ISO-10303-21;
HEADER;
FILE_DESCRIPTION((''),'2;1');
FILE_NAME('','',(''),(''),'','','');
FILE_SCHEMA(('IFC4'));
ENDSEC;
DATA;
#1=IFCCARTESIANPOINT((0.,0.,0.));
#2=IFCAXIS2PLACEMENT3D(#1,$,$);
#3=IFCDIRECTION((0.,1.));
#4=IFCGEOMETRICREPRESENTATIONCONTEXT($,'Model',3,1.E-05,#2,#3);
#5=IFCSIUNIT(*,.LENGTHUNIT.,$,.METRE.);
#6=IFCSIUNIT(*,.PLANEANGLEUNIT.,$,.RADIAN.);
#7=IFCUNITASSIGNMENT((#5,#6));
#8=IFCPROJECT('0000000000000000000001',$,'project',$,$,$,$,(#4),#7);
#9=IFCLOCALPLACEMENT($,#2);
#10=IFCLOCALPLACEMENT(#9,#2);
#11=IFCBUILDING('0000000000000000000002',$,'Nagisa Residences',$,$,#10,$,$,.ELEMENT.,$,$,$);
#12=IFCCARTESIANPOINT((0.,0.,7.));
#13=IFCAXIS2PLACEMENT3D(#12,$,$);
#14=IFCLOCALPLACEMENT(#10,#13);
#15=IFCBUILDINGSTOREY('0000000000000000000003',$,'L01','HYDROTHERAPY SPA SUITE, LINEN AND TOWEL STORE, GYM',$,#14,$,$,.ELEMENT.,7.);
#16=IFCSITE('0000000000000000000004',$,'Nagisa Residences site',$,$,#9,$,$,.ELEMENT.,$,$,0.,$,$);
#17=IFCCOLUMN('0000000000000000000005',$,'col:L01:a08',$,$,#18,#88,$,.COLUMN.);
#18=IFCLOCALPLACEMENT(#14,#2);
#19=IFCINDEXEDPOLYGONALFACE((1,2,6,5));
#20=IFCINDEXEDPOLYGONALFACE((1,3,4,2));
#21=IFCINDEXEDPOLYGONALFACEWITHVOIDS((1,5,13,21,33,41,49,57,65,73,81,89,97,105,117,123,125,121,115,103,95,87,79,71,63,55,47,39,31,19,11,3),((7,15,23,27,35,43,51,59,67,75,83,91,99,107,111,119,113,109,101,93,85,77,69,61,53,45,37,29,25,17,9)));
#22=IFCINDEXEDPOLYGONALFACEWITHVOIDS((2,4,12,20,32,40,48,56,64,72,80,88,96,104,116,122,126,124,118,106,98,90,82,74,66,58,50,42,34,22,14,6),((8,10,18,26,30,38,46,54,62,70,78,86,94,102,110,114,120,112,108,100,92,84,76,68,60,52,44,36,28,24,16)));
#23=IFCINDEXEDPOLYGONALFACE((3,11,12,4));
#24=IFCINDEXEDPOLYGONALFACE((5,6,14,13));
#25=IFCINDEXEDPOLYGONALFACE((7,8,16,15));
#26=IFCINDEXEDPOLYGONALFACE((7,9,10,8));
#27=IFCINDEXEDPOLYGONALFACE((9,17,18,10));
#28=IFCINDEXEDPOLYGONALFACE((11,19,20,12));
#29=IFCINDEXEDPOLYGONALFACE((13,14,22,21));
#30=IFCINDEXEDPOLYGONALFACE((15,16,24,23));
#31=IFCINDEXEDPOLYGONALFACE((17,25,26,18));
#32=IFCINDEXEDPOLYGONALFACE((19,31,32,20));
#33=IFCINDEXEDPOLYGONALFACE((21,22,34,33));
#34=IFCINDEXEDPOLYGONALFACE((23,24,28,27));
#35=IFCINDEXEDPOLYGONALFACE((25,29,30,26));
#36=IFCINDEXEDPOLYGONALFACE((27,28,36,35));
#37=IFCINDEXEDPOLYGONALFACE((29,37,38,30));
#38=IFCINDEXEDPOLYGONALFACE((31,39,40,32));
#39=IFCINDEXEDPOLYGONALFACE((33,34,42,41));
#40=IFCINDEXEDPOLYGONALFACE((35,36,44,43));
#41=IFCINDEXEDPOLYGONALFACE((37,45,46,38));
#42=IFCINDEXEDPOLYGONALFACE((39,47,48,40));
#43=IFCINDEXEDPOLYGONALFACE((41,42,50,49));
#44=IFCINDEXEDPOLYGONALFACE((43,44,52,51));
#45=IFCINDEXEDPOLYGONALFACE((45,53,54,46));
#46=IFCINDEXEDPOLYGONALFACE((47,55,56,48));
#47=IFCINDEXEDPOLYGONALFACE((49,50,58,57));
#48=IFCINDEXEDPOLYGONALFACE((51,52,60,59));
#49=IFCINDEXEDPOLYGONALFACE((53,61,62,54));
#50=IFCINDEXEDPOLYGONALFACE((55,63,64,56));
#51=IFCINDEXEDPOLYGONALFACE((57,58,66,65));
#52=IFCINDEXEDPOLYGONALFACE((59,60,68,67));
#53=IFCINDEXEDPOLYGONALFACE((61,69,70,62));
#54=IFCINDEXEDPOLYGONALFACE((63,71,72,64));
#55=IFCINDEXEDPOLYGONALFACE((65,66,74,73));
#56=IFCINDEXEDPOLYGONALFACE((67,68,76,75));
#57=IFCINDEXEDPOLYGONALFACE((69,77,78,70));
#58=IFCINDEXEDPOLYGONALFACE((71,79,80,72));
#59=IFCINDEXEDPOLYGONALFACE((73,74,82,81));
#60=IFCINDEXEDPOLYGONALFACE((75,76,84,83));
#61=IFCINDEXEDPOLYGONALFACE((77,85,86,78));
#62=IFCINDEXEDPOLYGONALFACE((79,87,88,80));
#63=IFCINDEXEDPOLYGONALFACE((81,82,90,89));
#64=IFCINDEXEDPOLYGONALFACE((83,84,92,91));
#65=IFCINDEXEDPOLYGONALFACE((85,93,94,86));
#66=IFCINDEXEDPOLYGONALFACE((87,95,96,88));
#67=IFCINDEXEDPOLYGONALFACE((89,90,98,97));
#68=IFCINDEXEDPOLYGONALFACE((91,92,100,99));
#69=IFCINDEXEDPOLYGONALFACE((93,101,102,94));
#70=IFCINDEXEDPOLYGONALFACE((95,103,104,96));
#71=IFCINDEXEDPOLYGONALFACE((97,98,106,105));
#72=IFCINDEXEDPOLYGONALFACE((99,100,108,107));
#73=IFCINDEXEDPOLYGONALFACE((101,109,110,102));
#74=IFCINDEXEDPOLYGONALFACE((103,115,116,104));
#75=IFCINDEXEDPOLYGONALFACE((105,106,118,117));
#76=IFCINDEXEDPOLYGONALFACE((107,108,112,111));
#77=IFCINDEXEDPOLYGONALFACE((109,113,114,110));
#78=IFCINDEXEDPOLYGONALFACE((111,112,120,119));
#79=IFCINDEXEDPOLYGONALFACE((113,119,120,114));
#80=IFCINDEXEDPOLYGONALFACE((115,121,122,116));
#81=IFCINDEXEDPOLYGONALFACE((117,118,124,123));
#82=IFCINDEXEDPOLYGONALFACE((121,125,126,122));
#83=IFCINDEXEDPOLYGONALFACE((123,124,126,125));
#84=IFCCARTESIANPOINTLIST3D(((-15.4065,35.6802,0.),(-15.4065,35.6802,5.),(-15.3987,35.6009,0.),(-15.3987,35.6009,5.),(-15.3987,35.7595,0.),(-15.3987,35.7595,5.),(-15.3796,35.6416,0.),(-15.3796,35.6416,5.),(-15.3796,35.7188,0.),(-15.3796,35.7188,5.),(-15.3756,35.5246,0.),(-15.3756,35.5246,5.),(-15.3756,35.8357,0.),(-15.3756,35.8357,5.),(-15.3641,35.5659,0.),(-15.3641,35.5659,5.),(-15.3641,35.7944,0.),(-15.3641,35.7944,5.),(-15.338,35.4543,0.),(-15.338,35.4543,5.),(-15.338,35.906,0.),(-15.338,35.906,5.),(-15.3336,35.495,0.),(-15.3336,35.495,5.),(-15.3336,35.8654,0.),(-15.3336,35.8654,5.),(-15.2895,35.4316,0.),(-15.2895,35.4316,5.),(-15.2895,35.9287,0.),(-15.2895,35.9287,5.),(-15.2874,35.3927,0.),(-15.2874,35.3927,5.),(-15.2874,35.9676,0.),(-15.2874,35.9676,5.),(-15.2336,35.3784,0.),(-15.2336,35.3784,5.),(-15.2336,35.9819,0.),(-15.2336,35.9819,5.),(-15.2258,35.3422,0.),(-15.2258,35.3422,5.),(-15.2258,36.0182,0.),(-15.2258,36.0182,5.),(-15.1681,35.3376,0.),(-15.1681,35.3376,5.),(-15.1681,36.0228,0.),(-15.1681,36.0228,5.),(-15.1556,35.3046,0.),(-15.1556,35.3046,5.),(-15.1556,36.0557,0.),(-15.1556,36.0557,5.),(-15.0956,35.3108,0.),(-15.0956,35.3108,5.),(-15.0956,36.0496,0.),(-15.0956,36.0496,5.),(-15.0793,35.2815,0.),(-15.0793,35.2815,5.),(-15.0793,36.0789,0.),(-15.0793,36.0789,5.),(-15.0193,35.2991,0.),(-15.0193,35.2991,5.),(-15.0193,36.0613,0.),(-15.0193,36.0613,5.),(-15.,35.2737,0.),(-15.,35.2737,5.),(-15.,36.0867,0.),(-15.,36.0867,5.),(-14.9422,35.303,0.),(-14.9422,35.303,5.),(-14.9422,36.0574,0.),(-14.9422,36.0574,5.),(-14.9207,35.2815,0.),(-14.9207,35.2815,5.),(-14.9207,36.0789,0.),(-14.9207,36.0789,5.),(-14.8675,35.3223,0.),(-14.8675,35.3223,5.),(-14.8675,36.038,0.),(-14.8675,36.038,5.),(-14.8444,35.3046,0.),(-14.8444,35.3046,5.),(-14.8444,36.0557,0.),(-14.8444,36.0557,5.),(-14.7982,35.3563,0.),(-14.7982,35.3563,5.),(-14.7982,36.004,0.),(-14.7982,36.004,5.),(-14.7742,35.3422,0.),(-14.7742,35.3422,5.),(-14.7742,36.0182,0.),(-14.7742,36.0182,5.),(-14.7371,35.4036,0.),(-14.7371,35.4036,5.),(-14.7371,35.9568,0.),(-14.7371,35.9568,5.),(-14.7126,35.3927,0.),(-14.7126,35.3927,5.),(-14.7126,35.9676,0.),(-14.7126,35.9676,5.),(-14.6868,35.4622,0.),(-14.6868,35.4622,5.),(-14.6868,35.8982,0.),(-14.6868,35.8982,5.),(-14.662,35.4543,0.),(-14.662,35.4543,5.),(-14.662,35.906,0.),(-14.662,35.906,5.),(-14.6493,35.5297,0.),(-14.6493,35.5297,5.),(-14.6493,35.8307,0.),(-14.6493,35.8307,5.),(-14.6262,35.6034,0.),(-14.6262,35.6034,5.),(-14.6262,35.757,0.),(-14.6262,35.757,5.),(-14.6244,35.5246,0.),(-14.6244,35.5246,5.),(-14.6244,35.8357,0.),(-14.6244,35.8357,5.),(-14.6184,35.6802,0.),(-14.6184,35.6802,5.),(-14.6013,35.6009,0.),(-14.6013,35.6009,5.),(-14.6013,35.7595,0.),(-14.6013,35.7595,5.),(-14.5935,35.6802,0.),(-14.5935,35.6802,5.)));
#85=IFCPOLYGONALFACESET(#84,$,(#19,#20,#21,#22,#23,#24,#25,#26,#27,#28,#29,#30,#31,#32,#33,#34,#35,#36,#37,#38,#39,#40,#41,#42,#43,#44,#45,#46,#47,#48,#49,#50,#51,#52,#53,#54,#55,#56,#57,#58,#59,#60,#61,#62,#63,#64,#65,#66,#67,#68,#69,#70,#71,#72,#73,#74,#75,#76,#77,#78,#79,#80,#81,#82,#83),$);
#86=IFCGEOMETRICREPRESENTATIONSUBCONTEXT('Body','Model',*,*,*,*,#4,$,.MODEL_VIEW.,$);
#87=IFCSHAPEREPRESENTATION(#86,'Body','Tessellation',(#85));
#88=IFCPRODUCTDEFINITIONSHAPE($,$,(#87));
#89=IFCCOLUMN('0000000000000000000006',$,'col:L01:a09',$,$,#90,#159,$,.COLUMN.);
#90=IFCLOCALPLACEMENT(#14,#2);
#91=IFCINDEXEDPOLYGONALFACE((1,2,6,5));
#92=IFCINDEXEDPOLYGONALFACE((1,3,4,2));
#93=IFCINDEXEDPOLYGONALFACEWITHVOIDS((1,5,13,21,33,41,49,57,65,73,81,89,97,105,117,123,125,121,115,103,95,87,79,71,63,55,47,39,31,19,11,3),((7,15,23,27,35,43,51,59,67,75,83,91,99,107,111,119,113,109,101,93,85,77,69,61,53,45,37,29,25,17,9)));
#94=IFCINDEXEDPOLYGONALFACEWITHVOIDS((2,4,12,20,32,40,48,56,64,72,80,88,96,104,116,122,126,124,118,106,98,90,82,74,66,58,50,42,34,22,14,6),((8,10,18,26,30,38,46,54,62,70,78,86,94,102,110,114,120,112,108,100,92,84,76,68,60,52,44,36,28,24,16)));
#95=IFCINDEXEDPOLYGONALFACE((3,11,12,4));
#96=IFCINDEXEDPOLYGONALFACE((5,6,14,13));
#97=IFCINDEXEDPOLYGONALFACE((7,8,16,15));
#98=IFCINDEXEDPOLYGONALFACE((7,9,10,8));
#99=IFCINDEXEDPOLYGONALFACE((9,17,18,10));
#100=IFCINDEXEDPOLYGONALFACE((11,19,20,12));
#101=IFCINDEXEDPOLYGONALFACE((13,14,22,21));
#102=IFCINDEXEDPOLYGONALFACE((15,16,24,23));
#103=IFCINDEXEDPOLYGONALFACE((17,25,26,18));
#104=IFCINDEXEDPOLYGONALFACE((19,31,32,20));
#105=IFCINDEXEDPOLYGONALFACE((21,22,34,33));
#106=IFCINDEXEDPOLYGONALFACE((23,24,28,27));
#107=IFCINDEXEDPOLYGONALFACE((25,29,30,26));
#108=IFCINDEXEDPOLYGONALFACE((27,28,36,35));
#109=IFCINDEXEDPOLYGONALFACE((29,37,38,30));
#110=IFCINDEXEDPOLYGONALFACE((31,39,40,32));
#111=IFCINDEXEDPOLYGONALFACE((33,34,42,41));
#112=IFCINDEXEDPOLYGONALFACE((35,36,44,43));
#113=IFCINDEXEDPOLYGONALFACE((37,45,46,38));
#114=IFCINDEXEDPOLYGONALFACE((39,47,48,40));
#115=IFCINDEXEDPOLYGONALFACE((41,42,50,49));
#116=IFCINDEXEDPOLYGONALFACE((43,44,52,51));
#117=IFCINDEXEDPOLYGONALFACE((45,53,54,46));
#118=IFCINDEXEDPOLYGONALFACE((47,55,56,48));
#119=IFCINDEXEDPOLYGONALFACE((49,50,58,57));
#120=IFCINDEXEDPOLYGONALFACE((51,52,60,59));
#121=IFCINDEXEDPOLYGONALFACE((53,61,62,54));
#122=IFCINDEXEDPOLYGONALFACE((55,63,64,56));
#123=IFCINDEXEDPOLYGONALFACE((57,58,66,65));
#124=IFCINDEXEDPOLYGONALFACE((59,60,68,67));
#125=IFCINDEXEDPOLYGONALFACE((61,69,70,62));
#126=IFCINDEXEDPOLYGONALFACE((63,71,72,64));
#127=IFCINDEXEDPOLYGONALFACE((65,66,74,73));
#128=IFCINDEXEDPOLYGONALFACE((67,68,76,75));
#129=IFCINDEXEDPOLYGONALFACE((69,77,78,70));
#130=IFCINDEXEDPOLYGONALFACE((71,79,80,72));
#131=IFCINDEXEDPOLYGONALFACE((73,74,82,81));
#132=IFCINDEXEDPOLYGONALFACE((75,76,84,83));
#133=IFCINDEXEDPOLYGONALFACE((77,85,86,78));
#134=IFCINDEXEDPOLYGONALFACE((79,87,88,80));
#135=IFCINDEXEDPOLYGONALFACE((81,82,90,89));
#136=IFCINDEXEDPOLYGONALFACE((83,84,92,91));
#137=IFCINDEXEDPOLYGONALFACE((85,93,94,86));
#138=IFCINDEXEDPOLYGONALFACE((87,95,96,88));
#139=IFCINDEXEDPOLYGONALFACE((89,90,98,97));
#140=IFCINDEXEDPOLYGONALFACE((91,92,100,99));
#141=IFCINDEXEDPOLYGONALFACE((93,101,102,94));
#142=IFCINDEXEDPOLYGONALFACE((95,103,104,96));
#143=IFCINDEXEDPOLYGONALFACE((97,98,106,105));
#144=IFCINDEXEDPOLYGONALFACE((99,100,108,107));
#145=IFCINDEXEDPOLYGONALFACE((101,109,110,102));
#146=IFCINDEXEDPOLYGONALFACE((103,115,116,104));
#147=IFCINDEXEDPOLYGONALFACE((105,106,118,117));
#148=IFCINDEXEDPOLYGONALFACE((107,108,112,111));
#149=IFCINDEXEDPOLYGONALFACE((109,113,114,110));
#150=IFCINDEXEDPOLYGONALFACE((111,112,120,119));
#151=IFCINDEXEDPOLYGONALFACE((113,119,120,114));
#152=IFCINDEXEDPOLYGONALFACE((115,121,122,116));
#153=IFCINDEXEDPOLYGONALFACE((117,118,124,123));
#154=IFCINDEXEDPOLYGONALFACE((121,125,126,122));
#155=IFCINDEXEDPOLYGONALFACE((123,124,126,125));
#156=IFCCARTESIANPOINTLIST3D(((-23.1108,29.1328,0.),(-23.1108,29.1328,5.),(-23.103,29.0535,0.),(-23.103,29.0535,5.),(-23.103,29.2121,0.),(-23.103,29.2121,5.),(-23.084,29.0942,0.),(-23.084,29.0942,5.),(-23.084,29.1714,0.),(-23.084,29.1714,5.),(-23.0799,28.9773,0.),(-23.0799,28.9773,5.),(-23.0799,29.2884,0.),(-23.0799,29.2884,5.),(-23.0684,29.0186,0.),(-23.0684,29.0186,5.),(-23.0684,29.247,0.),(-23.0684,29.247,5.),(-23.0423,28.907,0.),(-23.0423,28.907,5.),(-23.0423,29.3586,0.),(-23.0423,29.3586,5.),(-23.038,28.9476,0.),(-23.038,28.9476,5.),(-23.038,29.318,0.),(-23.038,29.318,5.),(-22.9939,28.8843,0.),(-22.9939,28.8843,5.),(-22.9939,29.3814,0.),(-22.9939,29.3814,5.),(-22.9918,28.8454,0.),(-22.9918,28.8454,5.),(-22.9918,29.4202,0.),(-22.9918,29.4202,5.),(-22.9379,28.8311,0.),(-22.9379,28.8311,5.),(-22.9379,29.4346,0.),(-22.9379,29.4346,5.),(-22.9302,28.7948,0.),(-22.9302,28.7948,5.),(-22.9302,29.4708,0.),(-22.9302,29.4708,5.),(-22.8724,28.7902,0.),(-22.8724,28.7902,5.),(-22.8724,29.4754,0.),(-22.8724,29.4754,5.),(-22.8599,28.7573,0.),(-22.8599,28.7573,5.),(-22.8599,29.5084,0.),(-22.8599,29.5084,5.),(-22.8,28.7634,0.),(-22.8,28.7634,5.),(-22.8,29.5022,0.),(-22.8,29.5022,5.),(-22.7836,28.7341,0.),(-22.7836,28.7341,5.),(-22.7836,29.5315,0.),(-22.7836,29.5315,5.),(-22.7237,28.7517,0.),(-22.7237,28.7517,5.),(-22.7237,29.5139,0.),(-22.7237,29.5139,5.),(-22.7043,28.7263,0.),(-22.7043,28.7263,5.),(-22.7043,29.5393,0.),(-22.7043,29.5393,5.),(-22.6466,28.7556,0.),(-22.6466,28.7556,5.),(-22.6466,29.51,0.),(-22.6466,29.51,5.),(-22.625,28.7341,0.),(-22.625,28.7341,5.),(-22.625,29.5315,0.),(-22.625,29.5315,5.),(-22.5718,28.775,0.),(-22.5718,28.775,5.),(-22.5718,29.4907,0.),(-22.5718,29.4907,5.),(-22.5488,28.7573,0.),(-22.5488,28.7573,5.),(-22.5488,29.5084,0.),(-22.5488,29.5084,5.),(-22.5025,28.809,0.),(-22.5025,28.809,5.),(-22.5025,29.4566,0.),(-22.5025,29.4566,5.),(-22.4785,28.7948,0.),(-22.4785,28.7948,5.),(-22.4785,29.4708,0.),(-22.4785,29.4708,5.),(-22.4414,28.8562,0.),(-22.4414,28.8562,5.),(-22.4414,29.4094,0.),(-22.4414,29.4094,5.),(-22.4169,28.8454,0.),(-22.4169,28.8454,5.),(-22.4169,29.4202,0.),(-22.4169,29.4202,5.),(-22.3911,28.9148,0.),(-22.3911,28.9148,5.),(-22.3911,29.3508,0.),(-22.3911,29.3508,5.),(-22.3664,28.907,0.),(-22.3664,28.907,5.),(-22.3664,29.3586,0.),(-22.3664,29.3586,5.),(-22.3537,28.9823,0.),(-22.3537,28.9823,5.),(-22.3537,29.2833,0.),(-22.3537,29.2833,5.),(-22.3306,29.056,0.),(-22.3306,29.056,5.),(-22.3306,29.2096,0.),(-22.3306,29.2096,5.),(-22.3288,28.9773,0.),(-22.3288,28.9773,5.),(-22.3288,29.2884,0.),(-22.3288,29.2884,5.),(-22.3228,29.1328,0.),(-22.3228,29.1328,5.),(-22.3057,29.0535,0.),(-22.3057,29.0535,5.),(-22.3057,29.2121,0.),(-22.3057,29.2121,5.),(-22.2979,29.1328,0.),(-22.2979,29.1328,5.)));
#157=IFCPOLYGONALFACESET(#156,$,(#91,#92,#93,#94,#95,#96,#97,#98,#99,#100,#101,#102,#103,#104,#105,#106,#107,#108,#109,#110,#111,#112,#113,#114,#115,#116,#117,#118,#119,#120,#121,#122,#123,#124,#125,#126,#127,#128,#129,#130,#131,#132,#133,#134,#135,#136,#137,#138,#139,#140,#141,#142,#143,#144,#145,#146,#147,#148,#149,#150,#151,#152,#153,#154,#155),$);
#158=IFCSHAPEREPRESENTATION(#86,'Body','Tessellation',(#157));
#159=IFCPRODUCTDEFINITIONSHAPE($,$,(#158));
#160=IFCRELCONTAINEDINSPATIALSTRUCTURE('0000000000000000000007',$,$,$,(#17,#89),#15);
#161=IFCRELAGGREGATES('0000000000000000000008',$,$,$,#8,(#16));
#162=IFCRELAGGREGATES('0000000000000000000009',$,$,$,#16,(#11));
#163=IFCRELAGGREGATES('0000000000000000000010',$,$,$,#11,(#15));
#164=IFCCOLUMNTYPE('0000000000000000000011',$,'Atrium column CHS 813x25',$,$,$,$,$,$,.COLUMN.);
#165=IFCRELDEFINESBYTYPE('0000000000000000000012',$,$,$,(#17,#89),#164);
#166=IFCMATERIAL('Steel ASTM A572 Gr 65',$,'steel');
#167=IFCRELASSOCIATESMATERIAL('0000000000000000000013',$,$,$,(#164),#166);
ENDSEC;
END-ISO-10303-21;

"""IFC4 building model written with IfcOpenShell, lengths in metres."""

from ifc_helpers import new_model, si_unit, direction, frame, origin, origin_2d, place, context, subcontext, project, spatial, hollow_circle, extrude, material, material_profile, profile_set, type_object, element, save


model = new_model("IFC4")

# Units and contexts
model_context = context("Model", 3, precision=1e-05, world=origin(), true_north=direction((0.0, 1.0)))
body_context = subcontext(model_context, "Body", "Model", "MODEL_VIEW")
ifc_project = project(units=[si_unit("LENGTHUNIT", "METRE"), si_unit("PLANEANGLEUNIT", "RADIAN")], contexts=[model_context])

# Site, building, storey
site_placement = place(None, origin())
site = spatial("IfcSite", under=ifc_project, at=site_placement, Name="Nagisa Residences site", CompositionType="ELEMENT", RefElevation=0.0)
building_placement = place(site_placement, origin())
building = spatial("IfcBuilding", under=site, at=building_placement, Name="Nagisa Residences", CompositionType="ELEMENT")
storey_placement = place(building_placement, frame((0.0, 0.0, 7.0)))
storey = spatial("IfcBuildingStorey", under=building, at=storey_placement, Name="L01", Description="HYDROTHERAPY SPA SUITE, LINEN AND TOWEL STORE, GYM", CompositionType="ELEMENT", Elevation=7.0)

# Columns
ifc_material_1 = material(Name="Steel ASTM A572 Gr 65", Category="steel")
ifc_material_profile_1 = material_profile(ifc_material_1, hollow_circle(Radius=0.4065, WallThickness=0.0249, at=origin_2d()), Name="CHS 813x25")
ifc_profile_set_1 = profile_set([ifc_material_profile_1], Name="Steel ASTM A572 Gr 65")
column_type_1 = type_object("IfcColumnType", Name="Atrium column CHS 813x25", PredefinedType="COLUMN", material=ifc_profile_set_1)
for number, where, z_axis, x_axis, name in (
    (1, (-15.0, 35.6802, 0.0), (0.0, 0.0, 1.0), (1.0, 0.0, 0.0), "col:L01:a08"),
    (2, (-22.7043, 29.1328, 0.0), (0.0, 0.0, 1.0), (1.0, 0.0, 0.0), "col:L01:a09"),
):
    element("IfcColumn", number, at=place(storey_placement, frame(where, z_axis=z_axis, x_axis=x_axis)), inside=storey, type_object=column_type_1, Name=name, PredefinedType="COLUMN", context=body_context, shape_type="SweptSolid", body=[
        extrude(hollow_circle(Radius=0.4065, WallThickness=0.0249, at=origin_2d()), origin(), (0.0, 0.0, 1.0), 5.0),
    ])

save(model, "model.ifc")
